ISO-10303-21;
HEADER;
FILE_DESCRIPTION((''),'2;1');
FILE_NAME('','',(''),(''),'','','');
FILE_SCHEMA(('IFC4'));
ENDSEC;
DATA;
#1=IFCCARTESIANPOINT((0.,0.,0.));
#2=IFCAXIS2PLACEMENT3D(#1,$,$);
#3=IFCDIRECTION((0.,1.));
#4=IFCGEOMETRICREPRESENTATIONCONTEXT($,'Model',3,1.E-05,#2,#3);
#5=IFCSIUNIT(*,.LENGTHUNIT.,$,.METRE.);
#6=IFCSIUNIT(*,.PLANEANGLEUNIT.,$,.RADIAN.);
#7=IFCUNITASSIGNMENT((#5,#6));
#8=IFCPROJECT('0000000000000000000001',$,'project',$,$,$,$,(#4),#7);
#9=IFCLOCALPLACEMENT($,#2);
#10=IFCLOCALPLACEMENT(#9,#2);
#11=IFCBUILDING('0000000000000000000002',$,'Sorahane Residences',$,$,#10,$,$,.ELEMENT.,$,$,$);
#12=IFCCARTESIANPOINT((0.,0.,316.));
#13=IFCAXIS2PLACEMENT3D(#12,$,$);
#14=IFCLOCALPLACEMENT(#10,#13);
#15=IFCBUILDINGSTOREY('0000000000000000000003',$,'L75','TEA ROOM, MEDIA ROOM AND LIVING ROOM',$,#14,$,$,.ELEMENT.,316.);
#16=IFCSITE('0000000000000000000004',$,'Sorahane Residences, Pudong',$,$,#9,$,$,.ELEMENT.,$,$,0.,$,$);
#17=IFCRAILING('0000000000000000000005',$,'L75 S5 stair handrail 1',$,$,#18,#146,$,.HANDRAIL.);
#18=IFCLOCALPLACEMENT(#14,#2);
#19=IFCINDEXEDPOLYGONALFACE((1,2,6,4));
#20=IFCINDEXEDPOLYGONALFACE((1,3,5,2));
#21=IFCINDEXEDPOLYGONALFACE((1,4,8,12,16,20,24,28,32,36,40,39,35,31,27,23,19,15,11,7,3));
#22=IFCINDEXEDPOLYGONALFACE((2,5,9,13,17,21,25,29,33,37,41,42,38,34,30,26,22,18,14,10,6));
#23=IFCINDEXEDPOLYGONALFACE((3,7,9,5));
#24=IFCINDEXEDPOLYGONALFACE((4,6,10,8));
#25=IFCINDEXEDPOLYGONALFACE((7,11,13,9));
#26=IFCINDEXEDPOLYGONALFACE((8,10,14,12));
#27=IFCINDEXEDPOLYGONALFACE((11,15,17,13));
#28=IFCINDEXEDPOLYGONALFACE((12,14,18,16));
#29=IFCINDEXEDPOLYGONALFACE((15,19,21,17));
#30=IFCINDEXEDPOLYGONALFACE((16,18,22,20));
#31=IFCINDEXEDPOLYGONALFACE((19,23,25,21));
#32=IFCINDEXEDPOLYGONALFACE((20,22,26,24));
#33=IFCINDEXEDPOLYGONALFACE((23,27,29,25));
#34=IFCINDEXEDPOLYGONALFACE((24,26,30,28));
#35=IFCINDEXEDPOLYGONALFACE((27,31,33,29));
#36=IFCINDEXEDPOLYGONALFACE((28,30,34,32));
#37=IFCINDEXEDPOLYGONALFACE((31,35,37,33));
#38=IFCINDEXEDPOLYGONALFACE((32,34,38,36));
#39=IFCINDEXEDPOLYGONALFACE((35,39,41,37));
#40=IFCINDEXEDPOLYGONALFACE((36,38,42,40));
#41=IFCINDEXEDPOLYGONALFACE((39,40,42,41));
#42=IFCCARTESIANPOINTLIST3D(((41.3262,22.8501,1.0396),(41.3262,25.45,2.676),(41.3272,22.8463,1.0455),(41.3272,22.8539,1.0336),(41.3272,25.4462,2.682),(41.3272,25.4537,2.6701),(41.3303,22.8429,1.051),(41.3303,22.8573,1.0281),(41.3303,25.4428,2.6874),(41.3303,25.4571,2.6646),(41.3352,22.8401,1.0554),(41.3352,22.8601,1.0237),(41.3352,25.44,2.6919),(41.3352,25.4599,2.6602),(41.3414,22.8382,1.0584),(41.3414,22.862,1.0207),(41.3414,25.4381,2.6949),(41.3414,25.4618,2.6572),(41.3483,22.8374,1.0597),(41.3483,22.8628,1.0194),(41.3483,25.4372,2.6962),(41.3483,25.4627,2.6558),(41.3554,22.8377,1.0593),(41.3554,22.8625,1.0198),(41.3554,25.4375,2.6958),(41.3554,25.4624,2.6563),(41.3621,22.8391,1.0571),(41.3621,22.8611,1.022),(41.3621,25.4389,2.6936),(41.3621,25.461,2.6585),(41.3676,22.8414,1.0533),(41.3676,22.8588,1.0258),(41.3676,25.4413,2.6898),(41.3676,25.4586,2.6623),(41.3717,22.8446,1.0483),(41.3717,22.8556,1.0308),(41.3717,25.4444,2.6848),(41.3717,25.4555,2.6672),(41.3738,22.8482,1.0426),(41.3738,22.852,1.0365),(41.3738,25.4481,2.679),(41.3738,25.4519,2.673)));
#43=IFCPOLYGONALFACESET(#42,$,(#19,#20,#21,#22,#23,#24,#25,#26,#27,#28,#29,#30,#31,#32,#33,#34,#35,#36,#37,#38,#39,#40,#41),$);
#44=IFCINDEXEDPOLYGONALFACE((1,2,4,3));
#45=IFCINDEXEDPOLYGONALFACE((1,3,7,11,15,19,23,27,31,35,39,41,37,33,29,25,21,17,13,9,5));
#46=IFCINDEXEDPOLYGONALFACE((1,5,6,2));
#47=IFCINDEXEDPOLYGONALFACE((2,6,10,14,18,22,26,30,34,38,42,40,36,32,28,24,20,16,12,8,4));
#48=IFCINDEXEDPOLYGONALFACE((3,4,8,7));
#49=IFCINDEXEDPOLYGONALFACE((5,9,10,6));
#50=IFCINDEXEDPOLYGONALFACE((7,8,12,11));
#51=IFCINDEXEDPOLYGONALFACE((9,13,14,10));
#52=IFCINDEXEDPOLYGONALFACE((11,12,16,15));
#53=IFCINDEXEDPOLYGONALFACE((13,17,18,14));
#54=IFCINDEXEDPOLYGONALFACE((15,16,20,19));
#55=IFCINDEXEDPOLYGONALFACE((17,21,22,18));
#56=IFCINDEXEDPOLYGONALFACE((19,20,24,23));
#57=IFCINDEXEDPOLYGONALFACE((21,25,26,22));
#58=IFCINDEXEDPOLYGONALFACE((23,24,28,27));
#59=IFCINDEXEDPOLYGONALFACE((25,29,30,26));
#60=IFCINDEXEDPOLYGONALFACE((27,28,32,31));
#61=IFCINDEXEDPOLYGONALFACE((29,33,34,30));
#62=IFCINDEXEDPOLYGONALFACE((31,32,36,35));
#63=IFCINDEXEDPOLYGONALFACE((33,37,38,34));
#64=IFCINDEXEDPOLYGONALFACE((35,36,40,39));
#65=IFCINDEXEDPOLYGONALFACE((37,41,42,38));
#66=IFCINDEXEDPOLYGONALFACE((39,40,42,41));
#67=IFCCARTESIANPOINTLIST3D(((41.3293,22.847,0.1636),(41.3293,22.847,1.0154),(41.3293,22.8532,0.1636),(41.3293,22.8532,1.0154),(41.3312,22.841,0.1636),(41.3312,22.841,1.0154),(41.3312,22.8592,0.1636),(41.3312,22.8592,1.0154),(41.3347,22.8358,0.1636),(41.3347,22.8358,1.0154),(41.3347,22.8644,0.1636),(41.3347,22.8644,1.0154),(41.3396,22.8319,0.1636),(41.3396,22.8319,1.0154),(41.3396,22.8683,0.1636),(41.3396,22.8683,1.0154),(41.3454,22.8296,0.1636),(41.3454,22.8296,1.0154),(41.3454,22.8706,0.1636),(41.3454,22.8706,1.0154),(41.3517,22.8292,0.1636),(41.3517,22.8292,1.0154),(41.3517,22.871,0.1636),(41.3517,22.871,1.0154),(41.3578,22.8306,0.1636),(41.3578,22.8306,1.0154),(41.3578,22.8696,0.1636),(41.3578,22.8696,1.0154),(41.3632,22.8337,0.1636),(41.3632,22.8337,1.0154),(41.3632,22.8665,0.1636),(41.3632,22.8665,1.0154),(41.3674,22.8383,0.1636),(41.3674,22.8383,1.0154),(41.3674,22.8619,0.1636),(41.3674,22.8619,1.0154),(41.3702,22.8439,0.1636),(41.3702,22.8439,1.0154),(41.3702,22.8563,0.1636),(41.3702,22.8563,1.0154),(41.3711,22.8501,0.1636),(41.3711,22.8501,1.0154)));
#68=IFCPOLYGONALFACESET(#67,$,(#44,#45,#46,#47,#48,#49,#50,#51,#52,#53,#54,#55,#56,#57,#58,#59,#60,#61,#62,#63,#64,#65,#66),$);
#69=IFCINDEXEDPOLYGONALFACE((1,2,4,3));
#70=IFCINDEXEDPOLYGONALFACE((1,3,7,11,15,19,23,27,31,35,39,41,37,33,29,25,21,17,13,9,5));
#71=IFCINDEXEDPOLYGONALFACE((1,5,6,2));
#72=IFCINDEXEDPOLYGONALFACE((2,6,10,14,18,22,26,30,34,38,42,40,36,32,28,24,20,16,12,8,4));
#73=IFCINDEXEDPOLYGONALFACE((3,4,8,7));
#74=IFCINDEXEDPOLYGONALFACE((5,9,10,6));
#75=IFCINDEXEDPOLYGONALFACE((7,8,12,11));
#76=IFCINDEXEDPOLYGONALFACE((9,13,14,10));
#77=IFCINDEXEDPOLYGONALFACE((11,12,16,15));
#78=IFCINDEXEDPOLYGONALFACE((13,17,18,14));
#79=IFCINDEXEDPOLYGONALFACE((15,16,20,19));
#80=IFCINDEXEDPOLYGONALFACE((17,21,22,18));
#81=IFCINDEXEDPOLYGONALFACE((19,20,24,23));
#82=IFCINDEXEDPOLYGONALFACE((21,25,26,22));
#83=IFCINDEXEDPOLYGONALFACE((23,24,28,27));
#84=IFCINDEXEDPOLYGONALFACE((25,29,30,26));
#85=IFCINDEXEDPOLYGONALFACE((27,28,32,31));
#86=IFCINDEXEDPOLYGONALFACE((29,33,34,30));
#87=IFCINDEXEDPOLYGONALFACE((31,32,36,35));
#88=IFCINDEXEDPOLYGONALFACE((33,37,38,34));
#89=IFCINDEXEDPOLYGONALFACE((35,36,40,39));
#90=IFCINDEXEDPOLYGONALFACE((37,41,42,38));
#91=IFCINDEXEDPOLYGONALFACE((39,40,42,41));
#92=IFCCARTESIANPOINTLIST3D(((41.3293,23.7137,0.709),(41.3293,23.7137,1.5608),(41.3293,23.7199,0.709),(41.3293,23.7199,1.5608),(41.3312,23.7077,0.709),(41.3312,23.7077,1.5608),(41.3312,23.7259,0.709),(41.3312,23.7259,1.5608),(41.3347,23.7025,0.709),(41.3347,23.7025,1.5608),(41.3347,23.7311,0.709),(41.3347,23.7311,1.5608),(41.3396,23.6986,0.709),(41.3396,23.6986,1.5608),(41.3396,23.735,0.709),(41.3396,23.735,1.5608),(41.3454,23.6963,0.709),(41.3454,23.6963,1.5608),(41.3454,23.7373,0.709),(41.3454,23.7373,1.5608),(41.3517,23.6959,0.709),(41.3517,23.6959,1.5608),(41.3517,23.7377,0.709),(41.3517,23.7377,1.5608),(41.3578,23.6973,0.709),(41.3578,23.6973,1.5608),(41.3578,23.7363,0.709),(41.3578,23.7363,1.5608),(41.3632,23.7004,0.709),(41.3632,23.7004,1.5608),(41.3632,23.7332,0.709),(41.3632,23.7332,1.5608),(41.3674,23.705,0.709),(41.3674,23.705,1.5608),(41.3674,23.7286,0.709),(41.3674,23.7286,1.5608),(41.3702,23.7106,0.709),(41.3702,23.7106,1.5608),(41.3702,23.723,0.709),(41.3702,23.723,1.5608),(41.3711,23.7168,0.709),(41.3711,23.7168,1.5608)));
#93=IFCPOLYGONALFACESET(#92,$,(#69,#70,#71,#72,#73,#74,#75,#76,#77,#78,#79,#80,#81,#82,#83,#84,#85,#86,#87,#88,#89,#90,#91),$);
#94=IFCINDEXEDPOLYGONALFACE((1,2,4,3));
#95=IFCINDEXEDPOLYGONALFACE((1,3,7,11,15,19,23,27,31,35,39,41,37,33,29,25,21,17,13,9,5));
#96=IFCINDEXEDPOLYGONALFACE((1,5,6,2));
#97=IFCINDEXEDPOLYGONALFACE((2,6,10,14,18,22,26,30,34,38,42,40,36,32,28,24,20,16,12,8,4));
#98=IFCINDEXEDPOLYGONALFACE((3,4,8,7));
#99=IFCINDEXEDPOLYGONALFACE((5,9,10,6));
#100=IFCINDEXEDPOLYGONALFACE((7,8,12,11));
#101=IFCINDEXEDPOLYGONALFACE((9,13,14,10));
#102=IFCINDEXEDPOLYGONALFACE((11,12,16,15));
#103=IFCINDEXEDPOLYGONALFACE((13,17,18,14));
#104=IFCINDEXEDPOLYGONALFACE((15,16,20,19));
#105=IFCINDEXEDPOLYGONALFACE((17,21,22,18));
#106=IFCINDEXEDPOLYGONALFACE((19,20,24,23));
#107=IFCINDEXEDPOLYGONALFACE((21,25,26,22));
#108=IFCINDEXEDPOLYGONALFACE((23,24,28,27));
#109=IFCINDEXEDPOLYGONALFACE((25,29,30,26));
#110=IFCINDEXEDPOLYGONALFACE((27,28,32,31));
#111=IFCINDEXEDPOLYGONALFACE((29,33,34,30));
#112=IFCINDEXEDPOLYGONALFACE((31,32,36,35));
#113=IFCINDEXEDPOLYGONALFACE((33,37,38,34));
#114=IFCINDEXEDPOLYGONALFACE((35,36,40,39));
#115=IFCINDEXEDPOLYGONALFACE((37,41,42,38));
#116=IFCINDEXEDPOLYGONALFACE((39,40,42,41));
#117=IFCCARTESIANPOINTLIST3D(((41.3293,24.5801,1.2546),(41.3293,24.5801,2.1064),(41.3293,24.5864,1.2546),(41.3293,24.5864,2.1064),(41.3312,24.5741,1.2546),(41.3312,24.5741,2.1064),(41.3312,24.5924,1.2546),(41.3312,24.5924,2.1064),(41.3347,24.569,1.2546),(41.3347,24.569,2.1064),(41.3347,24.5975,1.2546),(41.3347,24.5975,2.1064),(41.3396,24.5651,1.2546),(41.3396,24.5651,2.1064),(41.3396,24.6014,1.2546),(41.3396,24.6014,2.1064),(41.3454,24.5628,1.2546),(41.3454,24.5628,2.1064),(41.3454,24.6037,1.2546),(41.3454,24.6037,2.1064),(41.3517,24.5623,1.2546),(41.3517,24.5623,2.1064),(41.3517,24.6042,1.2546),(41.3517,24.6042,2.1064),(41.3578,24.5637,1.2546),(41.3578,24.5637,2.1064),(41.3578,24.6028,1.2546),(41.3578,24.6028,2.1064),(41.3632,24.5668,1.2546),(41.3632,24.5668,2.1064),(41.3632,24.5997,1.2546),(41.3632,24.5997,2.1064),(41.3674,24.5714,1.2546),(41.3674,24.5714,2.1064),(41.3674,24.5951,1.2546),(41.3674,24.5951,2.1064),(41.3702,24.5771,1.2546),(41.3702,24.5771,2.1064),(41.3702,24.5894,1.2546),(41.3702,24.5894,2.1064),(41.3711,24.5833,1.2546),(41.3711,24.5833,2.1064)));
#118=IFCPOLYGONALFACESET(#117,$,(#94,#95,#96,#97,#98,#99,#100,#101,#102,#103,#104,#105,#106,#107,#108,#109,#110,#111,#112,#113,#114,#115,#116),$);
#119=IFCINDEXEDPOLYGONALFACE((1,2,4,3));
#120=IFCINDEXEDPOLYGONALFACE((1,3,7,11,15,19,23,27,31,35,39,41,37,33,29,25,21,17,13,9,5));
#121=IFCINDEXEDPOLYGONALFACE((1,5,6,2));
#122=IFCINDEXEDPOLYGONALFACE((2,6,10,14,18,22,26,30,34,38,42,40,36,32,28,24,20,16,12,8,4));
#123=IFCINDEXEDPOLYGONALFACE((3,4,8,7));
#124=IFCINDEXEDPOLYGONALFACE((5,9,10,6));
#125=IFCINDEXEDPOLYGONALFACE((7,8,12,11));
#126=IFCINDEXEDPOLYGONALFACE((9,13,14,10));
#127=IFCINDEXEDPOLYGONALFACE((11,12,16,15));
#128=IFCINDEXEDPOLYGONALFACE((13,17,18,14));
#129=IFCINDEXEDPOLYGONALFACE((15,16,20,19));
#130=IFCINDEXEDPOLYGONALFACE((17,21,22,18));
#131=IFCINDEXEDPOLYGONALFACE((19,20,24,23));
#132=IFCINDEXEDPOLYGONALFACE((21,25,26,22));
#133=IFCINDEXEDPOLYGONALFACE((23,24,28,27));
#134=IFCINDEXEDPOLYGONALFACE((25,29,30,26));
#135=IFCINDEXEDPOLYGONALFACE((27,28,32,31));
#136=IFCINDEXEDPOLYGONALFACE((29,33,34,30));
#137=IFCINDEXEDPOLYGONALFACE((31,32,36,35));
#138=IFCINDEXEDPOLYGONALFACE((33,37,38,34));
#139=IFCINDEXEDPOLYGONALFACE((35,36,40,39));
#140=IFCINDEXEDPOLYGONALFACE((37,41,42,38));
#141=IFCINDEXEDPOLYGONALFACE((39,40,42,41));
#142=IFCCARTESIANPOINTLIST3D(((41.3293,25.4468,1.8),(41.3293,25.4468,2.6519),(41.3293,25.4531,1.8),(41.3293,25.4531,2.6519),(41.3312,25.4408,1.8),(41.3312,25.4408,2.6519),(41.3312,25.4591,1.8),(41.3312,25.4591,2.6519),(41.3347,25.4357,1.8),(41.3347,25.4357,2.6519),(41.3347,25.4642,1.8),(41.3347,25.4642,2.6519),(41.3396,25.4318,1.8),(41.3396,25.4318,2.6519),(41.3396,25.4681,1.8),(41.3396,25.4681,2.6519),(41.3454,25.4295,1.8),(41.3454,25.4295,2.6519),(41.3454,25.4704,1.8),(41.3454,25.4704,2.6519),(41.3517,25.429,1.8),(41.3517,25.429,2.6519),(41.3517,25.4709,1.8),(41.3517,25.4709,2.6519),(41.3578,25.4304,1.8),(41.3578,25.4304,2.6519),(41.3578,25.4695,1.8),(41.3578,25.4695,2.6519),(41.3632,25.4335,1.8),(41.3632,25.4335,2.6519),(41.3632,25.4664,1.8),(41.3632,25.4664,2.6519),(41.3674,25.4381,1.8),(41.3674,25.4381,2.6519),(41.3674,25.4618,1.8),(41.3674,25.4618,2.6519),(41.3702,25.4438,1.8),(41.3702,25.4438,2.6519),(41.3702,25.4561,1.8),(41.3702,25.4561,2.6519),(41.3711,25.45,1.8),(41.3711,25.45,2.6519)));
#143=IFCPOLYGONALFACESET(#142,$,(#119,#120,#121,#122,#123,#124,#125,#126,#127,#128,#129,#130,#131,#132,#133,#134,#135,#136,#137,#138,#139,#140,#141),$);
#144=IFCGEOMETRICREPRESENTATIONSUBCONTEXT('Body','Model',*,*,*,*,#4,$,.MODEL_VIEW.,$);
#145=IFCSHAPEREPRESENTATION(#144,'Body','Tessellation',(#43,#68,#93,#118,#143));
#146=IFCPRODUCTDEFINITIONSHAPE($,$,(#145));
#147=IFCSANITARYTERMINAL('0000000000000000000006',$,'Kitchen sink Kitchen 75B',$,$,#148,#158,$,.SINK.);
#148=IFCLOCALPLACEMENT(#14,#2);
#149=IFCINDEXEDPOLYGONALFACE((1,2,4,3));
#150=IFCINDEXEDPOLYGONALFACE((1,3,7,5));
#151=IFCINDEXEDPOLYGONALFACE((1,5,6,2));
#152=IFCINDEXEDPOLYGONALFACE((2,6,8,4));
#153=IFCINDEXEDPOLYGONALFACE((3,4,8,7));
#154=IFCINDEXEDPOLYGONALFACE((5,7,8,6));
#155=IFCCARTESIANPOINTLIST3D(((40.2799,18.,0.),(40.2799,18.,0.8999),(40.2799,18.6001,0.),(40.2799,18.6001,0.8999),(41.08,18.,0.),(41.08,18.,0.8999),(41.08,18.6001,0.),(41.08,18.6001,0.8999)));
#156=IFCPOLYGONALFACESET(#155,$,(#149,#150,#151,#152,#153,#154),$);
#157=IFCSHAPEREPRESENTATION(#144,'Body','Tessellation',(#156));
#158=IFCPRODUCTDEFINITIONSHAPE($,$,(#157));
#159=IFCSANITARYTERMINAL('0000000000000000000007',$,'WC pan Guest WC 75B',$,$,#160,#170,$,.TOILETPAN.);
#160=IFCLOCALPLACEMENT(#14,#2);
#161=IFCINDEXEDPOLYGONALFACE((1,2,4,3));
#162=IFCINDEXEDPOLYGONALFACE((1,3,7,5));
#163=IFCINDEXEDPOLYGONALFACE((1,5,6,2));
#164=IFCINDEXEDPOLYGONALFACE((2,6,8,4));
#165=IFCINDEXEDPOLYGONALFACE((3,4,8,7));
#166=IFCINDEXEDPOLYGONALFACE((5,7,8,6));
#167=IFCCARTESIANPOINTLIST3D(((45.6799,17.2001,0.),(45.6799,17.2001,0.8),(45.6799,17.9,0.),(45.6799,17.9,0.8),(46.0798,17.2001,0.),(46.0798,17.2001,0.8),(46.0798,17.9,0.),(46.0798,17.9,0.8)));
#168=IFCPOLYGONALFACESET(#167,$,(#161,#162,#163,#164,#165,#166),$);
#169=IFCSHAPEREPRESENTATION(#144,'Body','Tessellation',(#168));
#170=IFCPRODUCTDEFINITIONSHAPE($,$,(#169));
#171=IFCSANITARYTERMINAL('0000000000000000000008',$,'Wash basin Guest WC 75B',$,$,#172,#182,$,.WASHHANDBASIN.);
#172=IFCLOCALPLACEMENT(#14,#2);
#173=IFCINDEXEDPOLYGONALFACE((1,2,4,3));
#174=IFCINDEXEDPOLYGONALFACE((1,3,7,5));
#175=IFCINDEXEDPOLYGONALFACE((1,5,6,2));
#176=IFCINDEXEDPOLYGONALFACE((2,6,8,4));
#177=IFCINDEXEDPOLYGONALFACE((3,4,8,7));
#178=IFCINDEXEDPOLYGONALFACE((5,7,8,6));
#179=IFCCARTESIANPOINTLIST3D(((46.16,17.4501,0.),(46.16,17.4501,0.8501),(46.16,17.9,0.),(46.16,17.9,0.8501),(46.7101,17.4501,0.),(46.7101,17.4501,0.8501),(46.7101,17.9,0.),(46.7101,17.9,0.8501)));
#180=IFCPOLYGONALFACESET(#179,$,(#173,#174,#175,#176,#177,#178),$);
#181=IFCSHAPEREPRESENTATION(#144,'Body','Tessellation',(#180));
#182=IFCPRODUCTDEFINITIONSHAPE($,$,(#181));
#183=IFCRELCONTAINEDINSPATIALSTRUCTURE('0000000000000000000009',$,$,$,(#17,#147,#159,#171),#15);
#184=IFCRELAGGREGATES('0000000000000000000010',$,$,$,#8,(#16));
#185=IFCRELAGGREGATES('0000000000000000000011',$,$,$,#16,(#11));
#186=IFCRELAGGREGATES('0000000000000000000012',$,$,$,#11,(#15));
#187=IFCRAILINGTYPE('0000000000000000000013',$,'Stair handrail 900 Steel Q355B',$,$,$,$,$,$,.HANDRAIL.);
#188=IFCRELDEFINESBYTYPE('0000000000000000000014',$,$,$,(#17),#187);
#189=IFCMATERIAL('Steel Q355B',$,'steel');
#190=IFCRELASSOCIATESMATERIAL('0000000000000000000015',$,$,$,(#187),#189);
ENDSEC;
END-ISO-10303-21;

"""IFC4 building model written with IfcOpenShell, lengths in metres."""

from ifc_helpers import new_model, si_unit, direction, frame, origin, origin_2d, place, context, subcontext, project, spatial, rectangle, circle, extrude, material, type_object, element, save


model = new_model("IFC4")

# Units and contexts
model_context = context("Model", 3, precision=1e-05, world=origin(), true_north=direction((0.0, 1.0)))
body_context = subcontext(model_context, "Body", "Model", "MODEL_VIEW")
ifc_project = project(units=[si_unit("LENGTHUNIT", "METRE"), si_unit("PLANEANGLEUNIT", "RADIAN")], contexts=[model_context])

# Site, building, storey
site_placement = place(None, origin())
site = spatial("IfcSite", under=ifc_project, at=site_placement, Name="Sorahane Residences, Pudong", CompositionType="ELEMENT", RefElevation=0.0)
building_placement = place(site_placement, origin())
building = spatial("IfcBuilding", under=site, at=building_placement, Name="Sorahane Residences", CompositionType="ELEMENT")
storey_placement = place(building_placement, frame((0.0, 0.0, 316.0)))
storey = spatial("IfcBuildingStorey", under=building, at=storey_placement, Name="L75", Description="TEA ROOM, MEDIA ROOM AND LIVING ROOM", CompositionType="ELEMENT", Elevation=316.0)

# Railing
ifc_material_1 = material(Name="Steel Q355B", Category="steel")
railing_type_1 = type_object("IfcRailingType", Name="Stair handrail 900 Steel Q355B", PredefinedType="HANDRAIL", material=ifc_material_1)
railing_1_placement = place(storey_placement, frame((41.3501, 22.8501, 0.1636)))
element("IfcRailing", 1, at=railing_1_placement, inside=storey, type_object=railing_type_1, Name="L75 S5 stair handrail 1", PredefinedType="HANDRAIL", context=body_context, shape_type="SweptSolid", body=[
    extrude(circle(Radius=0.0239, at=origin_2d()), frame((0.0, 0.0, 0.876), z_axis=(0.0, 0.846302, 0.532704), x_axis=(-1.0, 0.0, 0.0)), (0.0, 0.0, 1.0), 3.072),
    extrude(circle(Radius=0.021, at=origin_2d()), origin(), (0.0, 0.0, 1.0), 0.8518),
    extrude(circle(Radius=0.021, at=origin_2d()), frame((0.0, 0.8667, 0.5454)), (0.0, 0.0, 1.0), 0.8518),
    extrude(circle(Radius=0.021, at=origin_2d()), frame((0.0, 1.7332, 1.0911)), (0.0, 0.0, 1.0), 0.8518),
    extrude(circle(Radius=0.021, at=origin_2d()), frame((0.0, 2.5999, 1.6365)), (0.0, 0.0, 1.0), 0.8518),
])

# Sanitary terminals
sanitary_terminal_1_placement = place(storey_placement, frame((40.6799, 18.3, 0.0), z_axis=(0.0, 0.0, 1.0), x_axis=(1.0, 0.0, 0.0)))
element("IfcSanitaryTerminal", 2, at=sanitary_terminal_1_placement, inside=storey, Name="Kitchen sink Kitchen 75B", PredefinedType="SINK", context=body_context, shape_type="SweptSolid", body=[
    extrude(rectangle(XDim=0.8, YDim=0.6001, at=origin_2d()), origin(), (0.0, 0.0, 1.0), 0.8999),
])
sanitary_terminal_2_placement = place(storey_placement, frame((45.8799, 17.55, 0.0), z_axis=(0.0, 0.0, 1.0), x_axis=(1.0, 0.0, 0.0)))
element("IfcSanitaryTerminal", 3, at=sanitary_terminal_2_placement, inside=storey, Name="WC pan Guest WC 75B", PredefinedType="TOILETPAN", context=body_context, shape_type="SweptSolid", body=[
    extrude(rectangle(XDim=0.3999, YDim=0.7, at=origin_2d()), origin(), (0.0, 0.0, 1.0), 0.8),
])
sanitary_terminal_3_placement = place(storey_placement, frame((46.4351, 17.675, 0.0), z_axis=(0.0, 0.0, 1.0), x_axis=(1.0, 0.0, 0.0)))
element("IfcSanitaryTerminal", 4, at=sanitary_terminal_3_placement, inside=storey, Name="Wash basin Guest WC 75B", PredefinedType="WASHHANDBASIN", context=body_context, shape_type="SweptSolid", body=[
    extrude(rectangle(XDim=0.55, YDim=0.45, at=origin_2d()), origin(), (0.0, 0.0, 1.0), 0.8501),
])

save(model, "model.ifc")
